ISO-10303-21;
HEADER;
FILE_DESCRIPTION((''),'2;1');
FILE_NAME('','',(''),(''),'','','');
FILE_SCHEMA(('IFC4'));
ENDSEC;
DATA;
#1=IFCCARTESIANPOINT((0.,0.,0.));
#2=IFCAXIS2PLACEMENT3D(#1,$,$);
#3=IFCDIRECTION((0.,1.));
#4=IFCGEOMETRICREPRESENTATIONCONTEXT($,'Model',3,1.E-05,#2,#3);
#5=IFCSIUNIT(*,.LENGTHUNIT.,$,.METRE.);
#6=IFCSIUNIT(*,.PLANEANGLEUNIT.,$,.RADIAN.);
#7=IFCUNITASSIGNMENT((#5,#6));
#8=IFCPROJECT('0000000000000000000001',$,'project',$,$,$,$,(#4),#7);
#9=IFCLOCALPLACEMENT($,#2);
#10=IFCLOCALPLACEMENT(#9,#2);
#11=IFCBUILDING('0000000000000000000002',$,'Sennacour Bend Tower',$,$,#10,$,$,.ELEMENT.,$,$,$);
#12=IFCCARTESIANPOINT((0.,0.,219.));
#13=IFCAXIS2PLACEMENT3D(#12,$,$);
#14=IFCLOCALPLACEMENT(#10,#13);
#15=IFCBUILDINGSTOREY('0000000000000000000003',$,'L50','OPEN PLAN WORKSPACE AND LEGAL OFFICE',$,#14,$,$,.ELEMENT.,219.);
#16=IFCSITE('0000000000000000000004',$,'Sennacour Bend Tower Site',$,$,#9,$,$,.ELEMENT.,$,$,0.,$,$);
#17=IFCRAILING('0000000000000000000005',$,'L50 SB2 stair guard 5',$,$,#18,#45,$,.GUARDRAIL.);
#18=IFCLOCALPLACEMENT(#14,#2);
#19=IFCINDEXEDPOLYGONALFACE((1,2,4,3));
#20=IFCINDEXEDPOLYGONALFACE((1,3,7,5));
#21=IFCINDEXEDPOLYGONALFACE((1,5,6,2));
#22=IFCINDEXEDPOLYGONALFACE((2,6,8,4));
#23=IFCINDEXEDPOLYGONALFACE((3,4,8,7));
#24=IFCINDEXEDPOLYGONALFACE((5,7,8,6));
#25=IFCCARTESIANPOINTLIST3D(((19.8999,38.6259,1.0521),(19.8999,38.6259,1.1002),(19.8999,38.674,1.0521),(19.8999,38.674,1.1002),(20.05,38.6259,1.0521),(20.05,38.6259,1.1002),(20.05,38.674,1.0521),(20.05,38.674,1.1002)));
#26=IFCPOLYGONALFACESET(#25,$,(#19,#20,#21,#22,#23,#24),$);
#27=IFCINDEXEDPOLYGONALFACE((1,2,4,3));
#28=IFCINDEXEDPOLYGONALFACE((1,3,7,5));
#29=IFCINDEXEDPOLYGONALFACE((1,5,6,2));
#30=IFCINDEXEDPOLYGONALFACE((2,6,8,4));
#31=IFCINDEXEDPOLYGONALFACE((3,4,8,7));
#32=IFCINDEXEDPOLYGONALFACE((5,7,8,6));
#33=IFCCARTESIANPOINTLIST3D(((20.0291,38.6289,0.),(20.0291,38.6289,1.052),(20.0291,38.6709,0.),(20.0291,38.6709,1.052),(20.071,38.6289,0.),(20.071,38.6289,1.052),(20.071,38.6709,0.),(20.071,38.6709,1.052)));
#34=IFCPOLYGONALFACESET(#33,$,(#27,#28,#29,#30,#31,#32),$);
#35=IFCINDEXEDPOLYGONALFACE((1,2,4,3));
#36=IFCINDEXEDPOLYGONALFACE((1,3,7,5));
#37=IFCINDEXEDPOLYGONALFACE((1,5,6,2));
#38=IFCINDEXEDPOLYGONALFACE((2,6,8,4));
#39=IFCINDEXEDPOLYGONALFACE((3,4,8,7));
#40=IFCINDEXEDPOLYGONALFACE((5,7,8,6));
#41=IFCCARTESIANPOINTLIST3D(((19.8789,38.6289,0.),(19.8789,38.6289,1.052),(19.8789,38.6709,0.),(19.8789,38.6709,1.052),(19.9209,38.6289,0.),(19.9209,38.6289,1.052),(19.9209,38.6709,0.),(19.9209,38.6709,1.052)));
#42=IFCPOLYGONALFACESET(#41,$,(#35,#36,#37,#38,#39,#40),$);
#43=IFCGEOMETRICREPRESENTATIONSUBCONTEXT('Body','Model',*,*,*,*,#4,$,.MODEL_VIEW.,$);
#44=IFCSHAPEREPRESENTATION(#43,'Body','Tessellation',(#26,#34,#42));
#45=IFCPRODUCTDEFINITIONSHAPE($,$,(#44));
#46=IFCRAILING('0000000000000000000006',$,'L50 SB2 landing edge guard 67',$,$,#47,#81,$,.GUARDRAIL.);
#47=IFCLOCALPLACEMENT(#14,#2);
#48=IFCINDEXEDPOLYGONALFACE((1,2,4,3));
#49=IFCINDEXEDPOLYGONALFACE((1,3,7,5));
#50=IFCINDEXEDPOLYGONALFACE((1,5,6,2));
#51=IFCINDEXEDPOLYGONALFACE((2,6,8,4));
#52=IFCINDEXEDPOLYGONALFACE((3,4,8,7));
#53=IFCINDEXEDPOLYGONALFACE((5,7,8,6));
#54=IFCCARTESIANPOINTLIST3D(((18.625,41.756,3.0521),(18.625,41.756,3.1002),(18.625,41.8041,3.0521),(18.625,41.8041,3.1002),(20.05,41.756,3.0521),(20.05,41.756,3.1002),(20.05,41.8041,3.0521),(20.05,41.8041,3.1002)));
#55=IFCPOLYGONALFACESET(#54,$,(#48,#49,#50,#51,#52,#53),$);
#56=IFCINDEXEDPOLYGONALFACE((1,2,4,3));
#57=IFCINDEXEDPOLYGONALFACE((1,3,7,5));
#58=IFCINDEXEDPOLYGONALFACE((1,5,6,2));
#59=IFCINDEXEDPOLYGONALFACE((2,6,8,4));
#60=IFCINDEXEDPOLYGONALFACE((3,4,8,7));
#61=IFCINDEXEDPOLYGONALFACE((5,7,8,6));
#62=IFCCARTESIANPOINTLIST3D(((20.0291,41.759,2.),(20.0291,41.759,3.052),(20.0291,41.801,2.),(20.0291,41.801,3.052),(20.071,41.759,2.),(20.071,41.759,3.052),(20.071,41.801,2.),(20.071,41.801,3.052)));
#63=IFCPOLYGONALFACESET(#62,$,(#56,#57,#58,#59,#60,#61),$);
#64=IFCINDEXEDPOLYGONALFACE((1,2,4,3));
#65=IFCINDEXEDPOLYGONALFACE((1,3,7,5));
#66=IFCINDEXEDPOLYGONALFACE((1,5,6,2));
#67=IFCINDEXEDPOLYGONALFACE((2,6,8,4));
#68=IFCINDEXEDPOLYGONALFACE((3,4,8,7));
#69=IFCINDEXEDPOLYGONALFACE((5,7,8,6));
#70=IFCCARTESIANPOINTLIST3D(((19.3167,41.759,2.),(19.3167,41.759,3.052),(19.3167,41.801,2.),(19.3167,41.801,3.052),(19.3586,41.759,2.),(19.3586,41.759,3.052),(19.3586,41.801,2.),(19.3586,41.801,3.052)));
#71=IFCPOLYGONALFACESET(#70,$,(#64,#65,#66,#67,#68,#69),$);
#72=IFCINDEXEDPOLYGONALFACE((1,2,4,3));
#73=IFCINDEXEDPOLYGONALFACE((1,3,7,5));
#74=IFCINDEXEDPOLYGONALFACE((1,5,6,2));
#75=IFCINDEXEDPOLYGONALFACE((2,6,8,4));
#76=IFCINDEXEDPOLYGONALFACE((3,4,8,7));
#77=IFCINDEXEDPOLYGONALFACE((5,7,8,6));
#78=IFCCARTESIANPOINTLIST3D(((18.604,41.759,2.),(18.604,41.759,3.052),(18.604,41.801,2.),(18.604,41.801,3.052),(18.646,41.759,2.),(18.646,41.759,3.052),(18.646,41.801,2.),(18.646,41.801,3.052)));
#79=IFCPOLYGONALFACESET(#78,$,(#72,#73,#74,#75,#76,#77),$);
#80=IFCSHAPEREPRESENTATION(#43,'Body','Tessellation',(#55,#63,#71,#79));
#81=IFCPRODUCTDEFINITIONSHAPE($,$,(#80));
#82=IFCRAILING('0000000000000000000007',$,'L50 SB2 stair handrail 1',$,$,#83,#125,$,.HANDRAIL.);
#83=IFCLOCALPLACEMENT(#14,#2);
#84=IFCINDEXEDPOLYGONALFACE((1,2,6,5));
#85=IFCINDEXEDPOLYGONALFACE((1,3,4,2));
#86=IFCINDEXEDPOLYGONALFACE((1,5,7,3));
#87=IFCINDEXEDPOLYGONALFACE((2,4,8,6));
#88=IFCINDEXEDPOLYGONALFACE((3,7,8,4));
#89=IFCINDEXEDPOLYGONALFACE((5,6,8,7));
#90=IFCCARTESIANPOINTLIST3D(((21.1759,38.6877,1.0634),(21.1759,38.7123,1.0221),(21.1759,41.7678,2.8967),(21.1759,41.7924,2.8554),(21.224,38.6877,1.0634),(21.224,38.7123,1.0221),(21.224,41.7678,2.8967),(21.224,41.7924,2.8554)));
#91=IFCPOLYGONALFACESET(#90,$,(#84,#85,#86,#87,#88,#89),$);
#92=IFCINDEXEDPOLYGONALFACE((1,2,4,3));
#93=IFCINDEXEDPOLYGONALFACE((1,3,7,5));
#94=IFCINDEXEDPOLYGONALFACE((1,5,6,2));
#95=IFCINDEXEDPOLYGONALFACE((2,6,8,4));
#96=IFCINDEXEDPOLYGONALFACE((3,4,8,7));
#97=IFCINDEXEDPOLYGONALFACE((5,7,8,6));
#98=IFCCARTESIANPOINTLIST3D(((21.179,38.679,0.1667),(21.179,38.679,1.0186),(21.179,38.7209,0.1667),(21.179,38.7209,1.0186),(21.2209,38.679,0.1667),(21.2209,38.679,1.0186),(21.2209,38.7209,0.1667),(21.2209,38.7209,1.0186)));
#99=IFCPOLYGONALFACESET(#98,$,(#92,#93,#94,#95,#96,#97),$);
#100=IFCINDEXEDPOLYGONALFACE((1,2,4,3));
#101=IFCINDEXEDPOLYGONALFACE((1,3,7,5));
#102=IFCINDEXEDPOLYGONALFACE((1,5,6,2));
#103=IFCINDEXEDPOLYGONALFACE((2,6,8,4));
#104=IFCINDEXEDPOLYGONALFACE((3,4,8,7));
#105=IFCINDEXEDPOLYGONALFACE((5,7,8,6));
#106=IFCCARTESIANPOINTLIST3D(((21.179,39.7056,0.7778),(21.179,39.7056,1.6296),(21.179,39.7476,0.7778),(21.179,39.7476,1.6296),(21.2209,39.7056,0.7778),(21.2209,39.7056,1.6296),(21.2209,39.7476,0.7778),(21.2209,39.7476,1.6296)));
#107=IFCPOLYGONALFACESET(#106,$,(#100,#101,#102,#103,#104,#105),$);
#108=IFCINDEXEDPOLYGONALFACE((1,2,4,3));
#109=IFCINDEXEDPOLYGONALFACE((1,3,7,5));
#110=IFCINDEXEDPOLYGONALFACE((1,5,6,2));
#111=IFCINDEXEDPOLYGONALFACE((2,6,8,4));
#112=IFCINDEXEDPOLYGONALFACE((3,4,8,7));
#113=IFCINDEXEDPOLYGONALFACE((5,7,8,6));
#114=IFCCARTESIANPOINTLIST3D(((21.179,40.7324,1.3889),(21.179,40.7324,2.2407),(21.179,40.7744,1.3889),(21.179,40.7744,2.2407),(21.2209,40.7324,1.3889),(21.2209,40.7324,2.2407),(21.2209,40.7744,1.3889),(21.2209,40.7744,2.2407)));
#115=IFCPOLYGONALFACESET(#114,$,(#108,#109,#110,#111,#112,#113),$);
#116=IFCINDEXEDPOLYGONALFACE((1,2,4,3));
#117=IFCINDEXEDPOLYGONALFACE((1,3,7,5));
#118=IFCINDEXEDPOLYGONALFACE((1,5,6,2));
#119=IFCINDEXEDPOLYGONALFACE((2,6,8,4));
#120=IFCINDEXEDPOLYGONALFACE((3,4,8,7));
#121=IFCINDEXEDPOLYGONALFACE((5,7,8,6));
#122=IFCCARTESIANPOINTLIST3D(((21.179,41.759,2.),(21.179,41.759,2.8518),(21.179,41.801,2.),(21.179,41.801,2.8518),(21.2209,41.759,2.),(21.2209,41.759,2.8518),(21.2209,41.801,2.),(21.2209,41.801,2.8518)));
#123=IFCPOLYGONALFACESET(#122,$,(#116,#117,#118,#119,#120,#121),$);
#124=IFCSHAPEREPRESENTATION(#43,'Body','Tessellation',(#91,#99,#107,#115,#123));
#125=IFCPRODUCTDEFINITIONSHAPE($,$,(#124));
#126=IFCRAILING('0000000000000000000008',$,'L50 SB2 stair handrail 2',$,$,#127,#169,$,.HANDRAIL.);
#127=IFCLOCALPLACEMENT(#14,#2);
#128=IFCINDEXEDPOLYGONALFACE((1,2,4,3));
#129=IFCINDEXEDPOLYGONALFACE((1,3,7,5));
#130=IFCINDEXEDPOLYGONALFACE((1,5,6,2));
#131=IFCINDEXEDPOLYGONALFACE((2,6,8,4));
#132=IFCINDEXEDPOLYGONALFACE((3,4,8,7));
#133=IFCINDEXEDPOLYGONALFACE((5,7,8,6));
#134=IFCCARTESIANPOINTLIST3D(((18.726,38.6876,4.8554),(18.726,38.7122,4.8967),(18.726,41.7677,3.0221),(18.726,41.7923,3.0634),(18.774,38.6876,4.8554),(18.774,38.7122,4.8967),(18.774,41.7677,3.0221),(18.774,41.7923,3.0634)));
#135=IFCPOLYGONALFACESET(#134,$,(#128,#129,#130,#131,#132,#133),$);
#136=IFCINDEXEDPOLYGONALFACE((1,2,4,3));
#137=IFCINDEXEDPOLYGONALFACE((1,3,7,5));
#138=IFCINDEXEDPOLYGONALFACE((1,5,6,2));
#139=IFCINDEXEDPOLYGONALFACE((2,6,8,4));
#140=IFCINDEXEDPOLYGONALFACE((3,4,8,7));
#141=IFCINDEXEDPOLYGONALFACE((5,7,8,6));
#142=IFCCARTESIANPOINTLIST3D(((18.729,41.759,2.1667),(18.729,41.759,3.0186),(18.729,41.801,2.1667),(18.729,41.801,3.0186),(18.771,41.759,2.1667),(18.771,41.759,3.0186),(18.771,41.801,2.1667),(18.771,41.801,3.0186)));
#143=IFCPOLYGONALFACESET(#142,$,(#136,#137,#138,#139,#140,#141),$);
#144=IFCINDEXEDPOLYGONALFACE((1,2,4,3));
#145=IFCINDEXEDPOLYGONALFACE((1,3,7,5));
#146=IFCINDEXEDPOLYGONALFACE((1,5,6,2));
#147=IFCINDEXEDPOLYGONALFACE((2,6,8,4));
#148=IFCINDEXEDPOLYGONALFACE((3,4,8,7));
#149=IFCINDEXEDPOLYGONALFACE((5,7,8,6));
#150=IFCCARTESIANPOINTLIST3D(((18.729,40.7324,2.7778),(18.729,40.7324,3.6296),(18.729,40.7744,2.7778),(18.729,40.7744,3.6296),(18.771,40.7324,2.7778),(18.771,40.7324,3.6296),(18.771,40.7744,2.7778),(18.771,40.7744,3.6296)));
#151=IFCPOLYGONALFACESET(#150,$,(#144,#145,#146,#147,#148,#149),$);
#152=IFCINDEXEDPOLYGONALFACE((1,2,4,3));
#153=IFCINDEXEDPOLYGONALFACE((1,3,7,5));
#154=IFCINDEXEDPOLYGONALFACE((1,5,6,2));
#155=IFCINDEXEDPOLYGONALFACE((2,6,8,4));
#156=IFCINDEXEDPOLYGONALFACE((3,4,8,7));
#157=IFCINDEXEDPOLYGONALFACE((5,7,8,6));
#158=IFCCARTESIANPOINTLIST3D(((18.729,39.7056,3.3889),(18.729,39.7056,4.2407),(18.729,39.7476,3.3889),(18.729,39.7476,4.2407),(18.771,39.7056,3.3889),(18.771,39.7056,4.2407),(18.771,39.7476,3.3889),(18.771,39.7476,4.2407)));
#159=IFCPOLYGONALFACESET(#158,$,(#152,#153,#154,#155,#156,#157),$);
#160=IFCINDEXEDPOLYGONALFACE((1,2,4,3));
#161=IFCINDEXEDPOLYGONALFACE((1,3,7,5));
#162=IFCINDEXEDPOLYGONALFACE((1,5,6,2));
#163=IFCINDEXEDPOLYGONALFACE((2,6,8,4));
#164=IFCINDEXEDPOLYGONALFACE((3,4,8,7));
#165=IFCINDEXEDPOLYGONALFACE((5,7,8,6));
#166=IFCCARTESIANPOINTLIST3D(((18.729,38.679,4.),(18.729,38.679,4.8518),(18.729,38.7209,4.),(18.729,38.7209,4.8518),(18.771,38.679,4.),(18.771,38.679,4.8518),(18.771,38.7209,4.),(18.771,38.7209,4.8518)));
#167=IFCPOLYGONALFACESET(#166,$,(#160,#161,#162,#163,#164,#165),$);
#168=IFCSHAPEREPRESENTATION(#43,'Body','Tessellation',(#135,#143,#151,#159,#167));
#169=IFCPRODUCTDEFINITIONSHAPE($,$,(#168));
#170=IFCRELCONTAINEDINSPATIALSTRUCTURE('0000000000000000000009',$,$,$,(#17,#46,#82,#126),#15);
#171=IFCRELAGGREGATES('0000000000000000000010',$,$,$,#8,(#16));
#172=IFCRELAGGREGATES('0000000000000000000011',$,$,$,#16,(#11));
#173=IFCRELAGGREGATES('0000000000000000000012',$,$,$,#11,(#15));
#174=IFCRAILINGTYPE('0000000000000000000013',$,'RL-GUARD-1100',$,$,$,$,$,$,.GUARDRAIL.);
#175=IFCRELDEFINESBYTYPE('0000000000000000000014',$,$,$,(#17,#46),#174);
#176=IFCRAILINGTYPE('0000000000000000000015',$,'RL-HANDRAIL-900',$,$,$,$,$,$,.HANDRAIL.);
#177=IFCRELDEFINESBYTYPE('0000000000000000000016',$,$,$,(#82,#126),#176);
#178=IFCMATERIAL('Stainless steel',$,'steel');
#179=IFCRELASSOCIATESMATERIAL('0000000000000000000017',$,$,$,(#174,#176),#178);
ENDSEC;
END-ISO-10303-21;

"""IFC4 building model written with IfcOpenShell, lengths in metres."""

from ifc_helpers import new_model, si_unit, direction, frame, origin, origin_2d, place, context, subcontext, project, spatial, rectangle, extrude, material, type_object, element, save


model = new_model("IFC4")

# Units and contexts
model_context = context("Model", 3, precision=1e-05, world=origin(), true_north=direction((0.0, 1.0)))
body_context = subcontext(model_context, "Body", "Model", "MODEL_VIEW")
ifc_project = project(units=[si_unit("LENGTHUNIT", "METRE"), si_unit("PLANEANGLEUNIT", "RADIAN")], contexts=[model_context])

# Site, building, storey
site_placement = place(None, origin())
site = spatial("IfcSite", under=ifc_project, at=site_placement, Name="Sennacour Bend Tower Site", CompositionType="ELEMENT", RefElevation=0.0)
building_placement = place(site_placement, origin())
building = spatial("IfcBuilding", under=site, at=building_placement, Name="Sennacour Bend Tower", CompositionType="ELEMENT")
storey_placement = place(building_placement, frame((0.0, 0.0, 219.0)))
storey = spatial("IfcBuildingStorey", under=building, at=storey_placement, Name="L50", Description="OPEN PLAN WORKSPACE AND LEGAL OFFICE", CompositionType="ELEMENT", Elevation=219.0)

# Shared definitions
ifc_material_1 = material(Name="Stainless steel", Category="steel")

# Railings
railing_type_1 = type_object("IfcRailingType", Name="RL-GUARD-1100", PredefinedType="GUARDRAIL", material=ifc_material_1)
railing_1_placement = place(storey_placement, frame((20.05, 38.6499, 0.0)))
element("IfcRailing", 1, at=railing_1_placement, inside=storey, type_object=railing_type_1, Name="L50 SB2 stair guard 5", PredefinedType="GUARDRAIL", context=body_context, shape_type="SweptSolid", body=[
    extrude(rectangle(XDim=0.0481, YDim=0.0481, at=origin_2d()), frame((0.0, 0.0, 1.0762), z_axis=(-1.0, 0.0, 0.0), x_axis=(0.0, -1.0, 0.0)), (0.0, 0.0, 1.0), 0.1501),
    extrude(rectangle(XDim=0.042, YDim=0.042, at=origin_2d()), origin(), (0.0, 0.0, 1.0), 1.052),
    extrude(rectangle(XDim=0.042, YDim=0.042, at=origin_2d()), frame((-0.1501, 0.0, 0.0)), (0.0, 0.0, 1.0), 1.052),
])
railing_2_placement = place(storey_placement, frame((20.05, 41.78, 2.0)))
element("IfcRailing", 2, at=railing_2_placement, inside=storey, type_object=railing_type_1, Name="L50 SB2 landing edge guard 67", PredefinedType="GUARDRAIL", context=body_context, shape_type="SweptSolid", body=[
    extrude(rectangle(XDim=0.0481, YDim=0.0481, at=origin_2d()), frame((0.0, 0.0, 1.0762), z_axis=(-1.0, 0.0, 0.0), x_axis=(0.0, -1.0, 0.0)), (0.0, 0.0, 1.0), 1.425),
    extrude(rectangle(XDim=0.042, YDim=0.042, at=origin_2d()), origin(), (0.0, 0.0, 1.0), 1.052),
    extrude(rectangle(XDim=0.042, YDim=0.042, at=origin_2d()), frame((-0.7124, 0.0, 0.0)), (0.0, 0.0, 1.0), 1.052),
    extrude(rectangle(XDim=0.042, YDim=0.042, at=origin_2d()), frame((-1.425, 0.0, 0.0)), (0.0, 0.0, 1.0), 1.052),
])
railing_type_2 = type_object("IfcRailingType", Name="RL-HANDRAIL-900", PredefinedType="HANDRAIL", material=ifc_material_1)
railing_3_placement = place(storey_placement, frame((21.2, 38.7, 0.1667)))
element("IfcRailing", 3, at=railing_3_placement, inside=storey, type_object=railing_type_2, Name="L50 SB2 stair handrail 1", PredefinedType="HANDRAIL", context=body_context, shape_type="SweptSolid", body=[
    extrude(rectangle(XDim=0.0481, YDim=0.0481, at=origin_2d()), frame((0.0, 0.0, 0.876), z_axis=(0.0, 0.859309, 0.511458), x_axis=(-1.0, 0.0, 0.0)), (0.0, 0.0, 1.0), 3.5845),
    extrude(rectangle(XDim=0.042, YDim=0.042, at=origin_2d()), origin(), (0.0, 0.0, 1.0), 0.8518),
    extrude(rectangle(XDim=0.042, YDim=0.042, at=origin_2d()), frame((0.0, 1.0266, 0.6111)), (0.0, 0.0, 1.0), 0.8518),
    extrude(rectangle(XDim=0.042, YDim=0.042, at=origin_2d()), frame((0.0, 2.0535, 1.2222)), (0.0, 0.0, 1.0), 0.8518),
    extrude(rectangle(XDim=0.042, YDim=0.042, at=origin_2d()), frame((0.0, 3.0801, 1.8333)), (0.0, 0.0, 1.0), 0.8518),
])
railing_4_placement = place(storey_placement, frame((18.75, 41.78, 2.1667)))
element("IfcRailing", 4, at=railing_4_placement, inside=storey, type_object=railing_type_2, Name="L50 SB2 stair handrail 2", PredefinedType="HANDRAIL", context=body_context, shape_type="SweptSolid", body=[
    extrude(rectangle(XDim=0.0481, YDim=0.0481, at=origin_2d()), frame((0.0, 0.0, 0.876), z_axis=(0.0, -0.859309, 0.511458), x_axis=(1.0, 0.0, 0.0)), (0.0, 0.0, 1.0), 3.5845),
    extrude(rectangle(XDim=0.042, YDim=0.042, at=origin_2d()), origin(), (0.0, 0.0, 1.0), 0.8518),
    extrude(rectangle(XDim=0.042, YDim=0.042, at=origin_2d()), frame((0.0, -1.0266, 0.6111)), (0.0, 0.0, 1.0), 0.8518),
    extrude(rectangle(XDim=0.042, YDim=0.042, at=origin_2d()), frame((0.0, -2.0535, 1.2222)), (0.0, 0.0, 1.0), 0.8518),
    extrude(rectangle(XDim=0.042, YDim=0.042, at=origin_2d()), frame((0.0, -3.0801, 1.8333)), (0.0, 0.0, 1.0), 0.8518),
])

save(model, "model.ifc")
